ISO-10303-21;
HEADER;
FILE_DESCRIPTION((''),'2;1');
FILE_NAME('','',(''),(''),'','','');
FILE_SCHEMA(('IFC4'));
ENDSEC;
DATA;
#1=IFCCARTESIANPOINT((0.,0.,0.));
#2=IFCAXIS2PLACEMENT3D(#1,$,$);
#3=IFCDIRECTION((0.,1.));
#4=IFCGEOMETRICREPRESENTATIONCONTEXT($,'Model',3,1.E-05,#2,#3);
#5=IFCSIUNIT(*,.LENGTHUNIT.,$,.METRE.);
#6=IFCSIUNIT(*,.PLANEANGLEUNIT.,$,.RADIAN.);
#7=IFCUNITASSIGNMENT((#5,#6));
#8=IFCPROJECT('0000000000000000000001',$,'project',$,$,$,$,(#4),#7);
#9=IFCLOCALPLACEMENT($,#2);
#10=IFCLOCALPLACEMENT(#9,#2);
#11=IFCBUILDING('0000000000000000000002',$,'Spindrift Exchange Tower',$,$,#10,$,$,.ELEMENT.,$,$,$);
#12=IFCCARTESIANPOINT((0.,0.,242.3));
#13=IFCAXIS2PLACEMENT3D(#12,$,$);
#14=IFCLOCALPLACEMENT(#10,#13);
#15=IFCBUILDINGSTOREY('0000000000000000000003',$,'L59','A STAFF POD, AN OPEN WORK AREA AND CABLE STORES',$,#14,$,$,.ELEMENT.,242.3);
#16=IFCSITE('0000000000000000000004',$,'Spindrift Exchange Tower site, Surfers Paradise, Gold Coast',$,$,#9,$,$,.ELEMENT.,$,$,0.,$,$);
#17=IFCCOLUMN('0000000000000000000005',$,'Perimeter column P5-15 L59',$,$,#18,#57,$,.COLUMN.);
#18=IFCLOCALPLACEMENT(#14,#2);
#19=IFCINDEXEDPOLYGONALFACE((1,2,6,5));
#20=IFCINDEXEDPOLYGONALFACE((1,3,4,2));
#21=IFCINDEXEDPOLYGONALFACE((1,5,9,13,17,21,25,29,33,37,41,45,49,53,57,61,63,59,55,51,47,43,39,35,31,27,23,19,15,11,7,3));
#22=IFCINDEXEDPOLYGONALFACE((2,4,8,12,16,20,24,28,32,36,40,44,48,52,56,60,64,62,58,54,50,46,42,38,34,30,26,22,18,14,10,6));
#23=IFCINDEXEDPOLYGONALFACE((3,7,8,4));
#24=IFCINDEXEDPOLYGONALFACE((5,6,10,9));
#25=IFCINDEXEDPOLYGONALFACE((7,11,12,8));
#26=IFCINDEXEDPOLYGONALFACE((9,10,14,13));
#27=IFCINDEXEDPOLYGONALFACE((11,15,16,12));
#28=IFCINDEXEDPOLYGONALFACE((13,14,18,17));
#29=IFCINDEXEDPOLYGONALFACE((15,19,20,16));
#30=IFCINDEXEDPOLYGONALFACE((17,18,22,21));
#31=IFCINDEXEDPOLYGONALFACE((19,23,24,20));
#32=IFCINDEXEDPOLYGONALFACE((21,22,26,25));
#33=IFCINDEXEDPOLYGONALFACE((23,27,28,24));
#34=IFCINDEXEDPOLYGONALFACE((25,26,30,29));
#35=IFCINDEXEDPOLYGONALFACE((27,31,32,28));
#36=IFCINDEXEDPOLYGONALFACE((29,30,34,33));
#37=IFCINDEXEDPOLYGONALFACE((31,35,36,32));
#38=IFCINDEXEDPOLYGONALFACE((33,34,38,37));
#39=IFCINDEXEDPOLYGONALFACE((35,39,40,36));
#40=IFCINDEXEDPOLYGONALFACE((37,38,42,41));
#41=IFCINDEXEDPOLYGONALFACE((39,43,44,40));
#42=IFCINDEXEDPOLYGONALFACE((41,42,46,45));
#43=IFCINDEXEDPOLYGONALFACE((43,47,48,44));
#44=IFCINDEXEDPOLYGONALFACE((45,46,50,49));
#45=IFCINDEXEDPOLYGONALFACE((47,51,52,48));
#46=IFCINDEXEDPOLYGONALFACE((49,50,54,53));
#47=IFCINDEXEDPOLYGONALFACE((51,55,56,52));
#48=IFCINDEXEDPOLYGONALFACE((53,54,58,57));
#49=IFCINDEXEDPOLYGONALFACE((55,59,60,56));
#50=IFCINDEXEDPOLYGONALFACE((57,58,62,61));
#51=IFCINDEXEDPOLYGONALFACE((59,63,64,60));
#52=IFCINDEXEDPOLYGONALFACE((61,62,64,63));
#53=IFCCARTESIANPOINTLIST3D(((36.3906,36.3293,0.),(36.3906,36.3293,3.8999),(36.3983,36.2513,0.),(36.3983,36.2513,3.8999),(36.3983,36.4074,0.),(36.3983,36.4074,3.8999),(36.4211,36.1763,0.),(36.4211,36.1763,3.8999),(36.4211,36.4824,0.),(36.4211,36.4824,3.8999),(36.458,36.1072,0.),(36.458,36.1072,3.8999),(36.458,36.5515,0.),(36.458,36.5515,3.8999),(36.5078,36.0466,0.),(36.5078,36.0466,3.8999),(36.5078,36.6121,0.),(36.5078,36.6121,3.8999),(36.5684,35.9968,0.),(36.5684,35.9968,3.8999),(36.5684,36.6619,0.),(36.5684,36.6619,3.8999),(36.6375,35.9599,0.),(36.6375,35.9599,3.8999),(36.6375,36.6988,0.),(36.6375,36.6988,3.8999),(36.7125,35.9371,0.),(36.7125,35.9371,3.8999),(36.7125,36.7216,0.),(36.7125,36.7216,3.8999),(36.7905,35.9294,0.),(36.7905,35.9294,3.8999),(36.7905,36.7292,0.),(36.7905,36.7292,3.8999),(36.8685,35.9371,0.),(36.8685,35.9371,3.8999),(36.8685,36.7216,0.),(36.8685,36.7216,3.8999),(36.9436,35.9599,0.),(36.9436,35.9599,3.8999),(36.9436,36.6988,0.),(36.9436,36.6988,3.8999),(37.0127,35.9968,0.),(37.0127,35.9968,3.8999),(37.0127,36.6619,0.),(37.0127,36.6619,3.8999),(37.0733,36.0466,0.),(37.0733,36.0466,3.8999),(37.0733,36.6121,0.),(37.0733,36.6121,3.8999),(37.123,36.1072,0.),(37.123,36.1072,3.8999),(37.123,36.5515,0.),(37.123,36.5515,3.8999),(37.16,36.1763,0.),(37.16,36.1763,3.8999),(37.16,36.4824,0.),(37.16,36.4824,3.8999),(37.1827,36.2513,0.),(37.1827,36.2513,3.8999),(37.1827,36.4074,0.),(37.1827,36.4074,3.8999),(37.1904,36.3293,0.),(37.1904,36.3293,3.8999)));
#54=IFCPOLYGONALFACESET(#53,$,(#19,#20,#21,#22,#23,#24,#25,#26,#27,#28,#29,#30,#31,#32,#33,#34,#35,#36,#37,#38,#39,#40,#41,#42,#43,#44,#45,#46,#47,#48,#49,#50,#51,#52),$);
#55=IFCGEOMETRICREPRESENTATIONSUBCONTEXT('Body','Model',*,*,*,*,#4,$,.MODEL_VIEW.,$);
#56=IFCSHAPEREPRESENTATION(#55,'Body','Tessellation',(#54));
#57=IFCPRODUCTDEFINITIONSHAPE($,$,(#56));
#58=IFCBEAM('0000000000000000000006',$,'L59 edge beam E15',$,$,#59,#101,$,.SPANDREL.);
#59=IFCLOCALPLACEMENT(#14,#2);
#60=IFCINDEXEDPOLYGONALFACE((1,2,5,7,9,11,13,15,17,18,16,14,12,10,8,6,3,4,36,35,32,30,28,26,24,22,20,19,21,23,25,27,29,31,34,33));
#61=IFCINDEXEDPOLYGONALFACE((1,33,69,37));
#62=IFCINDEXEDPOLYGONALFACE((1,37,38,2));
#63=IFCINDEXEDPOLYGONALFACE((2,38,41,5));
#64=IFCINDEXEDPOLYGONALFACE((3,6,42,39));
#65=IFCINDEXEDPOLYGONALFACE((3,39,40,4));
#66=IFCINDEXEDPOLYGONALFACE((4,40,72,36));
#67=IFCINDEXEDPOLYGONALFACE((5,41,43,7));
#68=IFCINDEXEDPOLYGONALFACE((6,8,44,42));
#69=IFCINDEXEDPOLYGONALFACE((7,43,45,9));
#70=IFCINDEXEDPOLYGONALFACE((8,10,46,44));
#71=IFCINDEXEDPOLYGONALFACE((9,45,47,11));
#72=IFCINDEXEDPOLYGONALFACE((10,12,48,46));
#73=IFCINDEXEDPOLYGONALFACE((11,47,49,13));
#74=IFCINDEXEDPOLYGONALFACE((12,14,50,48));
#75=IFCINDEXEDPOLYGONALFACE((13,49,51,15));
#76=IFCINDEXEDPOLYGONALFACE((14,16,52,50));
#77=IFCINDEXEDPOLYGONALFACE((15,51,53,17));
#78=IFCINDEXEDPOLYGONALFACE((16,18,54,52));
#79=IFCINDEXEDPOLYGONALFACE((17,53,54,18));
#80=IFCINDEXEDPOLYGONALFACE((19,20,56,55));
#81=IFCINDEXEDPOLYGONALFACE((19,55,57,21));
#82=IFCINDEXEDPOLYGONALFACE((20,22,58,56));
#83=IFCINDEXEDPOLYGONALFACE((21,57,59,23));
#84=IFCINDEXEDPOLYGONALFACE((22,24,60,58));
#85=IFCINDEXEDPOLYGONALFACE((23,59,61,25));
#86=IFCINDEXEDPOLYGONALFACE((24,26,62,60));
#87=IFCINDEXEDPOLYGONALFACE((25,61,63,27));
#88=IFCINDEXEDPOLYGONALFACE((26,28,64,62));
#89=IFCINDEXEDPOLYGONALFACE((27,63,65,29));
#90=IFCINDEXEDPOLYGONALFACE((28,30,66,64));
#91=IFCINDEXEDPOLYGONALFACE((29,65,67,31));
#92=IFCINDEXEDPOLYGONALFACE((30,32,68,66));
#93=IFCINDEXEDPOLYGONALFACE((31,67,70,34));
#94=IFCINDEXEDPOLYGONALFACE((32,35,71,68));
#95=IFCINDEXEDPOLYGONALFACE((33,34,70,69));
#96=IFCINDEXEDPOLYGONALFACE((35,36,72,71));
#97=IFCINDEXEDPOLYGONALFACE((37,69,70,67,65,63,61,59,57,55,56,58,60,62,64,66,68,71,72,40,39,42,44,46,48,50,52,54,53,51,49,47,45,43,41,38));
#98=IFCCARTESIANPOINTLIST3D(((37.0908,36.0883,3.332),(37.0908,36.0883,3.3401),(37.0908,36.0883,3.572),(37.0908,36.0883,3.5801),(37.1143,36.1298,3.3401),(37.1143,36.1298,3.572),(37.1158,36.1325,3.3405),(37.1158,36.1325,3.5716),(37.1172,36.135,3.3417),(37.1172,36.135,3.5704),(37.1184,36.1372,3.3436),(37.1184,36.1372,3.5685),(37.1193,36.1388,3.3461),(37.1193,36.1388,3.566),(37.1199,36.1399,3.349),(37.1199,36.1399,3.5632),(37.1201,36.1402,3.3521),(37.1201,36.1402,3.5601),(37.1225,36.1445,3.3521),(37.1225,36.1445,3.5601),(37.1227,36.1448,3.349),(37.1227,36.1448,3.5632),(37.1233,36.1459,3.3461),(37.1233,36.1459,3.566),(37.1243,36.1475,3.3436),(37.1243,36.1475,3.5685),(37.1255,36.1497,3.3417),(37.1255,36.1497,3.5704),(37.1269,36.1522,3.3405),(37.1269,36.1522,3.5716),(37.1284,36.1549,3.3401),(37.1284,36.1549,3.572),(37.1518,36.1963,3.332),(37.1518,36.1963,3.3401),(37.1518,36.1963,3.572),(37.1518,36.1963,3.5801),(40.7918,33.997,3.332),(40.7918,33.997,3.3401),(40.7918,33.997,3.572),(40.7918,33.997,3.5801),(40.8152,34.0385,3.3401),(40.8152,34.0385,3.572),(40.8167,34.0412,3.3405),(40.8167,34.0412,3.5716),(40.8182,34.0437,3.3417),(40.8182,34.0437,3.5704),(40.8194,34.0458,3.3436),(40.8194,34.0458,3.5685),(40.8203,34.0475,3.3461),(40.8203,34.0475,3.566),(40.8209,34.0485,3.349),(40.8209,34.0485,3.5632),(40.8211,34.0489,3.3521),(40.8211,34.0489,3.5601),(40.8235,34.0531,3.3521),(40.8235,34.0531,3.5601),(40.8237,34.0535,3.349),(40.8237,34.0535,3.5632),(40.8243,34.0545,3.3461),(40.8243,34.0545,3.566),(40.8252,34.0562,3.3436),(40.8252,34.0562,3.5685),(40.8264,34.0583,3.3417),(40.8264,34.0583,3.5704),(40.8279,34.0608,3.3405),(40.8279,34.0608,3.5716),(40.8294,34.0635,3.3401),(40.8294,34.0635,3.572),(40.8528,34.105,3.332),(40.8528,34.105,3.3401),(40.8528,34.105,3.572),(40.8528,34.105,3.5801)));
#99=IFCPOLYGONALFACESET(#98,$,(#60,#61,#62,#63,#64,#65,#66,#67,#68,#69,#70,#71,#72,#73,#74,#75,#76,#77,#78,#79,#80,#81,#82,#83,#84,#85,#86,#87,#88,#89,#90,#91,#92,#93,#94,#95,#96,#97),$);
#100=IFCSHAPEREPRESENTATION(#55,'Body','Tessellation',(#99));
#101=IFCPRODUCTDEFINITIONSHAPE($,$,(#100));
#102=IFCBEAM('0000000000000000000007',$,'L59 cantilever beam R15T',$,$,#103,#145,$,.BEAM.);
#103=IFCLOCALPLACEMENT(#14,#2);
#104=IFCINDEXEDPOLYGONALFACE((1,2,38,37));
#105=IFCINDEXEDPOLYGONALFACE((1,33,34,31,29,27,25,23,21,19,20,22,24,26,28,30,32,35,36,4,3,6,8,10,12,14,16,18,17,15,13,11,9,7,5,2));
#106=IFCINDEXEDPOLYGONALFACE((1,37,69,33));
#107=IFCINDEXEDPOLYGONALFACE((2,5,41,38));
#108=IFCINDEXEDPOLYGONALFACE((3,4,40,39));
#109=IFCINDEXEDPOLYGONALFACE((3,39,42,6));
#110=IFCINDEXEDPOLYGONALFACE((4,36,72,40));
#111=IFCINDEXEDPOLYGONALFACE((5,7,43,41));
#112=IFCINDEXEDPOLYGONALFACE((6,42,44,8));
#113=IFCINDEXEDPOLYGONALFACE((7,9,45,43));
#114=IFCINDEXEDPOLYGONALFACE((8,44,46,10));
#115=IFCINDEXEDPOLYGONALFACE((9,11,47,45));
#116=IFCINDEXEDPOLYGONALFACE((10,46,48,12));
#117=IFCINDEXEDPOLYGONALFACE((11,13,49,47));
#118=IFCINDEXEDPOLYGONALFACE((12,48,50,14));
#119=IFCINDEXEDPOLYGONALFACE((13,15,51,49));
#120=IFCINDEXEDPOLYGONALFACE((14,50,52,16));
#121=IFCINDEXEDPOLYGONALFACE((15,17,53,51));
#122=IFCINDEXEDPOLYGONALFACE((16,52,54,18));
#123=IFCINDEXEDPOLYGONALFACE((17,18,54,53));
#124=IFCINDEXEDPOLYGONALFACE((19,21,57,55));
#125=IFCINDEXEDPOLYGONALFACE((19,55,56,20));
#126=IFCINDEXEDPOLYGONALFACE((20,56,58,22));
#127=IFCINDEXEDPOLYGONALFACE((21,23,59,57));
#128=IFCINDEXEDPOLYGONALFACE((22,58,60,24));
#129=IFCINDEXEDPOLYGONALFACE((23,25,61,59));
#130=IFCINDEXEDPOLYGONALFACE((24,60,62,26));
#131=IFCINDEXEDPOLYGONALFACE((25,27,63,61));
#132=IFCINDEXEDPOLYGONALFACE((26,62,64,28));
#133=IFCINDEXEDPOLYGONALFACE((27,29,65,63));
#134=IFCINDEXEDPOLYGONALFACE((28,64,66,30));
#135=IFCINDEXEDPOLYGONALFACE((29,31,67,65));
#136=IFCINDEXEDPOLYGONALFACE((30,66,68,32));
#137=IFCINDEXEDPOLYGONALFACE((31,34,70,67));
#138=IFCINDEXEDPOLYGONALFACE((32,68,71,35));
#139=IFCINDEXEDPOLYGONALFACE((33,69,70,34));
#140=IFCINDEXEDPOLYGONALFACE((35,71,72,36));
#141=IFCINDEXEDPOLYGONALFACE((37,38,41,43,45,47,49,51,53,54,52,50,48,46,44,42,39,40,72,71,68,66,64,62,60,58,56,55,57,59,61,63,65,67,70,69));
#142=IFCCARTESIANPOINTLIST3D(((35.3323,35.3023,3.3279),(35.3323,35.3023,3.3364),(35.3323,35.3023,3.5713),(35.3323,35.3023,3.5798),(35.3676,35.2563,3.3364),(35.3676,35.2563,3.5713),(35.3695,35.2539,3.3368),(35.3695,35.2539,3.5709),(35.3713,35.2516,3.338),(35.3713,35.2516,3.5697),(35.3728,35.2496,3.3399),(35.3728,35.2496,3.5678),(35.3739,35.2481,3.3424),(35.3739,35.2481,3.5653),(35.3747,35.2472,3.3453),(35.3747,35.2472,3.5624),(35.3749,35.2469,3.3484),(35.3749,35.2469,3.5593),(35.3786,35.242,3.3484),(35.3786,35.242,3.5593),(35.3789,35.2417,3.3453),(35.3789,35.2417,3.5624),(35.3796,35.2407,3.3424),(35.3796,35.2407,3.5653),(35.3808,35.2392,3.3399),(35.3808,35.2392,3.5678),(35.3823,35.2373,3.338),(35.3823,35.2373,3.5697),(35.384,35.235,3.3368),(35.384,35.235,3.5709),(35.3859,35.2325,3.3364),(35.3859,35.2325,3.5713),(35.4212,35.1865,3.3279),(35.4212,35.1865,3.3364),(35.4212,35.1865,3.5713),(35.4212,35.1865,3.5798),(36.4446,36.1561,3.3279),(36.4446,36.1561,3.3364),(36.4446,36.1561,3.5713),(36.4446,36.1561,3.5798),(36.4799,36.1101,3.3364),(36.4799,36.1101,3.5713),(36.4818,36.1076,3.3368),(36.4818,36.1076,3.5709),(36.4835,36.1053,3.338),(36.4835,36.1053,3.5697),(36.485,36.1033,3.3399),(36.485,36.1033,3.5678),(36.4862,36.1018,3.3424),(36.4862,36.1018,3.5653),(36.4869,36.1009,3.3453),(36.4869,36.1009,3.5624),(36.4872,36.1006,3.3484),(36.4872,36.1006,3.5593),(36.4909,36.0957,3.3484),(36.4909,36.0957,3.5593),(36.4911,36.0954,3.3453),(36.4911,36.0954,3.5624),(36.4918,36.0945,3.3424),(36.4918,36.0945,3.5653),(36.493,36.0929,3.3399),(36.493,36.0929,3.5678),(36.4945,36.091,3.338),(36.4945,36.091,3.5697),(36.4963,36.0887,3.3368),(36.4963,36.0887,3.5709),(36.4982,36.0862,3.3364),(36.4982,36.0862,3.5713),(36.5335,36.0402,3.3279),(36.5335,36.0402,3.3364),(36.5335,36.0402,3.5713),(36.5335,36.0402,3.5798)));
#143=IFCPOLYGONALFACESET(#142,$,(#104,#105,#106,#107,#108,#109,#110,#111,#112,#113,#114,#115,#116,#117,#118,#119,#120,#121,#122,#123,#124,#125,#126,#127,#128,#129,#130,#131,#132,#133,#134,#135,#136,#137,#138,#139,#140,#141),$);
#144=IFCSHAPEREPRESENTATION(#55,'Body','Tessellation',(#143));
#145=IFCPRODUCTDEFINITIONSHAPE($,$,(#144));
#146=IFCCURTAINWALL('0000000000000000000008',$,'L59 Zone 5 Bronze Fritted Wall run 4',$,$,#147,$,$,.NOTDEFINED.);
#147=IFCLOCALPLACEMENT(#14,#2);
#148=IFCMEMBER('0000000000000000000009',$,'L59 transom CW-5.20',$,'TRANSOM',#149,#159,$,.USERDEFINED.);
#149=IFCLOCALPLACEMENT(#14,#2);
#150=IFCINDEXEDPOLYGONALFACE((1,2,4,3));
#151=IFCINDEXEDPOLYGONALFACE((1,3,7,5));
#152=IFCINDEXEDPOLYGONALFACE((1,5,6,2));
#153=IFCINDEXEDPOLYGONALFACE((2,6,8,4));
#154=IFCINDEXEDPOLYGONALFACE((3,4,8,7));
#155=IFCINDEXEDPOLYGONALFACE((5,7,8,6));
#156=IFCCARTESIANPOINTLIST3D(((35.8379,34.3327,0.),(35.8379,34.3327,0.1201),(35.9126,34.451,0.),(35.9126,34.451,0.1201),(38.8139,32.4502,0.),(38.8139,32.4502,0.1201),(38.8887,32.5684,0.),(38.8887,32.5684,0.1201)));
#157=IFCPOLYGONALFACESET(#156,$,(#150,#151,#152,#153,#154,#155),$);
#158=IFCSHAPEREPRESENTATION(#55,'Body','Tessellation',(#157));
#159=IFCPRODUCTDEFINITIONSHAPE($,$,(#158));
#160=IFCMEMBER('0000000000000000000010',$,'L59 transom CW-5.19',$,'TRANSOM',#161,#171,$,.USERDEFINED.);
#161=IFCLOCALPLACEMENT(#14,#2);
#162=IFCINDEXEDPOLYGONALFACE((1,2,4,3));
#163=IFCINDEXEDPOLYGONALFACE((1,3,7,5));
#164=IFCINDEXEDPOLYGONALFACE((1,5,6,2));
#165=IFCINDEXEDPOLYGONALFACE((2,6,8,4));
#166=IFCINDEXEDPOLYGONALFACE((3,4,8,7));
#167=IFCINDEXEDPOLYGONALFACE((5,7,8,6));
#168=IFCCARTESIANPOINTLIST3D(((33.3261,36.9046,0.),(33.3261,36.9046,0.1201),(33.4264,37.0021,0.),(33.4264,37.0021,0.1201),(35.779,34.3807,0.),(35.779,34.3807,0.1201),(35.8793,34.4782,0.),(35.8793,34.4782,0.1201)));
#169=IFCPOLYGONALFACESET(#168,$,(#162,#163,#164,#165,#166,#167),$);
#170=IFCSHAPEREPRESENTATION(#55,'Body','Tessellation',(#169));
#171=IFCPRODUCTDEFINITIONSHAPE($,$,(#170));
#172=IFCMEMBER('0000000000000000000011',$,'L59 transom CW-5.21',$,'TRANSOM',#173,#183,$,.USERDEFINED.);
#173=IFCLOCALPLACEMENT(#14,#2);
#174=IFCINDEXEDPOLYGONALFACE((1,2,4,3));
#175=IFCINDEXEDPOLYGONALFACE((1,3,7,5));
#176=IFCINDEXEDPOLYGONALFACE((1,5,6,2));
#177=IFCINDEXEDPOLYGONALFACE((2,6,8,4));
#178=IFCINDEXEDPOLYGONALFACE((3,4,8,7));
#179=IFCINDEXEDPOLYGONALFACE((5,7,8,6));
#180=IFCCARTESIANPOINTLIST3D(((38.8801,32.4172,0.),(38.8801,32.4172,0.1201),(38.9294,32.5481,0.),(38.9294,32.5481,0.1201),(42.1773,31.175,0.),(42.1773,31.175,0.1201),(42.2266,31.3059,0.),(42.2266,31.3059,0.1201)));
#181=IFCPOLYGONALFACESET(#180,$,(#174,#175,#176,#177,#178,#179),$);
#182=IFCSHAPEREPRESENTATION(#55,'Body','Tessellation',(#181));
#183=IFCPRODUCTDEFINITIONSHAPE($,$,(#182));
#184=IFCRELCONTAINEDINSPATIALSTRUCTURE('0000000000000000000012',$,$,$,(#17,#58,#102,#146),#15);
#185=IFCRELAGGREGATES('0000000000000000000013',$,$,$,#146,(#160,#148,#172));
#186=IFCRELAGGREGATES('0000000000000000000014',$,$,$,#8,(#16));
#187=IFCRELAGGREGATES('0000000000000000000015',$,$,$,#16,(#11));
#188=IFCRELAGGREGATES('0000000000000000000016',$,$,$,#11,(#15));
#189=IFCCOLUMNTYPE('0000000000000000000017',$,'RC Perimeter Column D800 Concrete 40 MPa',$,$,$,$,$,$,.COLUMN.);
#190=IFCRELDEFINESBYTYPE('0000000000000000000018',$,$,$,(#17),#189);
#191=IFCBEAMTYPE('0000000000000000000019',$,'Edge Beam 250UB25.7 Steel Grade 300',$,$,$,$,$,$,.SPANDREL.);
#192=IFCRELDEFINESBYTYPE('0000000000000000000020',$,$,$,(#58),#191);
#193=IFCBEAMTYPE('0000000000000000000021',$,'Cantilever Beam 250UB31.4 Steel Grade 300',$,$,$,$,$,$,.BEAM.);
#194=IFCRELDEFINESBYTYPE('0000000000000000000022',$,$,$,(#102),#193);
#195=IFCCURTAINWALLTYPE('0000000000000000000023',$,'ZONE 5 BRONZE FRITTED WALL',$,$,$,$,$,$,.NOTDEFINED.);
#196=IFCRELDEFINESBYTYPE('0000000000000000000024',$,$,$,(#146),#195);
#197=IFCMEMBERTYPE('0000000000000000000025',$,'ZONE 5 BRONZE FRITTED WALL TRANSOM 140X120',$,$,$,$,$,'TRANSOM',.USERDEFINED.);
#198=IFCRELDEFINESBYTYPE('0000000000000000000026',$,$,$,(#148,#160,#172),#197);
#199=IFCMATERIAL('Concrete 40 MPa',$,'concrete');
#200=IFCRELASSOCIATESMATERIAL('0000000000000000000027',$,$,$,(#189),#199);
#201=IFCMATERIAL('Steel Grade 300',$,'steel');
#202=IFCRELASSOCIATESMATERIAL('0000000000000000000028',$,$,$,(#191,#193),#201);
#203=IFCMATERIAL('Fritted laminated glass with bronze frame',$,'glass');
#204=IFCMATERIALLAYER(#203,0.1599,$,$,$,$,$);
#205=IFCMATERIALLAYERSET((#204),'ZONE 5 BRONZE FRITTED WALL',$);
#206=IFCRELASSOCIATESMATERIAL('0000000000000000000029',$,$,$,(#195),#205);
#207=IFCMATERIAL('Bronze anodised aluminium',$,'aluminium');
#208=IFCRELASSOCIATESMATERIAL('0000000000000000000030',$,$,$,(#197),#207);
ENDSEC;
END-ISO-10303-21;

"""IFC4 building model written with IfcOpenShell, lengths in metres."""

from ifc_helpers import new_model, si_unit, direction, frame, origin, origin_2d, place, context, subcontext, project, spatial, rectangle, circle, i_section, extrude, source, transform, mapped, material, layer, layer_set, material_profile, profile_set, type_object, element, aggregate, save


model = new_model("IFC4")

# Units and contexts
model_context = context("Model", 3, precision=1e-05, world=origin(), true_north=direction((0.0, 1.0)))
body_context = subcontext(model_context, "Body", "Model", "MODEL_VIEW")
ifc_project = project(units=[si_unit("LENGTHUNIT", "METRE"), si_unit("PLANEANGLEUNIT", "RADIAN")], contexts=[model_context])

# Site, building, storey
site_placement = place(None, origin())
site = spatial("IfcSite", under=ifc_project, at=site_placement, Name="Spindrift Exchange Tower site, Surfers Paradise, Gold Coast", CompositionType="ELEMENT", RefElevation=0.0)
building_placement = place(site_placement, origin())
building = spatial("IfcBuilding", under=site, at=building_placement, Name="Spindrift Exchange Tower", CompositionType="ELEMENT")
storey_placement = place(building_placement, frame((0.0, 0.0, 242.3)))
storey = spatial("IfcBuildingStorey", under=building, at=storey_placement, Name="L59", Description="A STAFF POD, AN OPEN WORK AREA AND CABLE STORES", CompositionType="ELEMENT", Elevation=242.3)

# Column
ifc_material_1 = material(Name="Concrete 40 MPa", Category="concrete")
ifc_material_profile_1 = material_profile(ifc_material_1, circle(Radius=0.3999, at=origin_2d()), Name="RC D800")
ifc_profile_set_1 = profile_set([ifc_material_profile_1], Name="Concrete 40 MPa")
column_type = type_object("IfcColumnType", Name="RC Perimeter Column D800 Concrete 40 MPa", PredefinedType="COLUMN", material=ifc_profile_set_1)
shared_shape_1 = source(origin(), body_context, "Body", "SweptSolid", [
    extrude(circle(Radius=0.3999, at=origin_2d()), origin(), (0.0, 0.0, 1.0), 3.8999),
])
column_placement = place(storey_placement, frame((36.7905, 36.3293, 0.0), z_axis=(0.0, 0.0, 1.0), x_axis=(1.0, 0.0, 0.0)))
element("IfcColumn", 1, at=column_placement, inside=storey, type_object=column_type, Name="Perimeter column P5-15 L59", PredefinedType="COLUMN", context=body_context, shape_type="MappedRepresentation", body=[
    mapped(shared_shape_1, transform((0.0, 0.0, 0.0), scale=1.0)),
])

# Beams
ifc_material_2 = material(Name="Steel Grade 300", Category="steel")
ifc_material_profile_2 = material_profile(ifc_material_2, i_section(OverallWidth=0.124, OverallDepth=0.248, WebThickness=0.0049, FlangeThickness=0.0081, FilletRadius=0.012, at=origin_2d()), Name="250UB25.7")
ifc_profile_set_2 = profile_set([ifc_material_profile_2], Name="Steel Grade 300")
beam_type_1 = type_object("IfcBeamType", Name="Edge Beam 250UB25.7 Steel Grade 300", PredefinedType="SPANDREL", material=ifc_profile_set_2)
shared_shape_2 = source(origin(), body_context, "Body", "SweptSolid", [
    extrude(i_section(OverallWidth=0.124, OverallDepth=0.248, WebThickness=0.0049, FlangeThickness=0.0081, FilletRadius=0.012, at=origin_2d()), origin(), (0.0, 0.0, 1.0), 4.251),
])
beam_1_placement = place(storey_placement, frame((37.1213, 36.1423, 3.4561), z_axis=(0.870615, -0.491965, 0.0), x_axis=(0.491965, 0.870615, 0.0)))
element("IfcBeam", 2, at=beam_1_placement, inside=storey, type_object=beam_type_1, Name="L59 edge beam E15", PredefinedType="SPANDREL", context=body_context, shape_type="MappedRepresentation", body=[
    mapped(shared_shape_2, transform((0.0, 0.0, 0.0), scale=1.0)),
])
ifc_material_profile_3 = material_profile(ifc_material_2, i_section(OverallWidth=0.146, OverallDepth=0.252, WebThickness=0.0061, FlangeThickness=0.0085, FilletRadius=0.012, at=origin_2d()), Name="250UB31.4")
ifc_profile_set_3 = profile_set([ifc_material_profile_3], Name="Steel Grade 300")
beam_type_2 = type_object("IfcBeamType", Name="Cantilever Beam 250UB31.4 Steel Grade 300", PredefinedType="BEAM", material=ifc_profile_set_3)
shared_shape_3 = source(origin(), body_context, "Body", "SweptSolid", [
    extrude(i_section(OverallWidth=0.146, OverallDepth=0.252, WebThickness=0.0061, FlangeThickness=0.0085, FilletRadius=0.012, at=origin_2d()), origin(), (0.0, 0.0, 1.0), 1.4021),
])
beam_2_placement = place(storey_placement, frame((36.489, 36.0981, 3.4539), z_axis=(-0.793264, -0.608877, 0.0), x_axis=(0.608877, -0.793264, 0.0)))
element("IfcBeam", 3, at=beam_2_placement, inside=storey, type_object=beam_type_2, Name="L59 cantilever beam R15T", PredefinedType="BEAM", context=body_context, shape_type="MappedRepresentation", body=[
    mapped(shared_shape_3, transform((0.0, 0.0, 0.0), scale=1.0)),
])

# Curtain wall, members
ifc_material_3 = material(Name="Fritted laminated glass with bronze frame", Category="glass")
ifc_layer_1 = layer(ifc_material_3, 0.1599)
ifc_layer_set_1 = layer_set([ifc_layer_1], Name="ZONE 5 BRONZE FRITTED WALL")
curtain_wall_type = type_object("IfcCurtainWallType", Name="ZONE 5 BRONZE FRITTED WALL", PredefinedType="NOTDEFINED", material=ifc_layer_set_1)
curtain_wall_placement = place(storey_placement, origin())
curtain_wall = element("IfcCurtainWall", 4, at=curtain_wall_placement, inside=storey, type_object=curtain_wall_type, Name="L59 Zone 5 Bronze Fritted Wall run 4", PredefinedType="NOTDEFINED")
ifc_material_4 = material(Name="Bronze anodised aluminium", Category="aluminium")
ifc_material_profile_4 = material_profile(ifc_material_4, rectangle(XDim=0.1399, YDim=0.1201, at=origin_2d()), Name="ZONE 5 BRONZE FRITTED WALL TRANSOM 140X120")
ifc_profile_set_4 = profile_set([ifc_material_profile_4], Name="Bronze anodised aluminium")
member_type_1 = type_object("IfcMemberType", Name="ZONE 5 BRONZE FRITTED WALL TRANSOM 140X120", ElementType="TRANSOM", PredefinedType="USERDEFINED", material=ifc_profile_set_4)
shared_shape_4 = source(origin(), body_context, "Body", "SweptSolid", [
    extrude(rectangle(XDim=0.1399, YDim=0.1201, at=origin_2d()), origin(), (0.0, 0.0, 1.0), 3.5215),
])
member_1_placement = place(storey_placement, frame((35.8752, 34.3918, 0.0601), z_axis=(0.845111, -0.53459, 0.0), x_axis=(0.53459, 0.845111, 0.0)))
member_1 = element("IfcMember", 5, at=member_1_placement, type_object=member_type_1, Name="L59 transom CW-5.20", ObjectType="TRANSOM", PredefinedType="USERDEFINED", context=body_context, shape_type="MappedRepresentation", body=[
    mapped(shared_shape_4, transform((0.0, 0.0, 0.0), scale=1.0)),
])
shared_shape_5 = source(origin(), body_context, "Body", "SweptSolid", [
    extrude(rectangle(XDim=0.1399, YDim=0.1201, at=origin_2d()), origin(), (0.0, 0.0, 1.0), 3.5195),
])
member_2_placement = place(storey_placement, frame((33.3762, 36.9534, 0.0601), z_axis=(0.696942, -0.717128, 0.0), x_axis=(0.717128, 0.696942, 0.0)))
member_2 = element("IfcMember", 6, at=member_2_placement, type_object=member_type_1, Name="L59 transom CW-5.19", ObjectType="TRANSOM", PredefinedType="USERDEFINED", context=body_context, shape_type="MappedRepresentation", body=[
    mapped(shared_shape_5, transform((0.0, 0.0, 0.0), scale=1.0)),
])
shared_shape_6 = source(origin(), body_context, "Body", "SweptSolid", [
    extrude(rectangle(XDim=0.1399, YDim=0.1201, at=origin_2d()), origin(), (0.0, 0.0, 1.0), 3.5234),
])
member_3_placement = place(storey_placement, frame((38.9048, 32.4827, 0.0601), z_axis=(0.93579, -0.352558, 0.0), x_axis=(0.352558, 0.93579, 0.0)))
member_3 = element("IfcMember", 7, at=member_3_placement, type_object=member_type_1, Name="L59 transom CW-5.21", ObjectType="TRANSOM", PredefinedType="USERDEFINED", context=body_context, shape_type="MappedRepresentation", body=[
    mapped(shared_shape_6, transform((0.0, 0.0, 0.0), scale=1.0)),
])

aggregate(curtain_wall, [member_2, member_1, member_3])

save(model, "model.ifc")
